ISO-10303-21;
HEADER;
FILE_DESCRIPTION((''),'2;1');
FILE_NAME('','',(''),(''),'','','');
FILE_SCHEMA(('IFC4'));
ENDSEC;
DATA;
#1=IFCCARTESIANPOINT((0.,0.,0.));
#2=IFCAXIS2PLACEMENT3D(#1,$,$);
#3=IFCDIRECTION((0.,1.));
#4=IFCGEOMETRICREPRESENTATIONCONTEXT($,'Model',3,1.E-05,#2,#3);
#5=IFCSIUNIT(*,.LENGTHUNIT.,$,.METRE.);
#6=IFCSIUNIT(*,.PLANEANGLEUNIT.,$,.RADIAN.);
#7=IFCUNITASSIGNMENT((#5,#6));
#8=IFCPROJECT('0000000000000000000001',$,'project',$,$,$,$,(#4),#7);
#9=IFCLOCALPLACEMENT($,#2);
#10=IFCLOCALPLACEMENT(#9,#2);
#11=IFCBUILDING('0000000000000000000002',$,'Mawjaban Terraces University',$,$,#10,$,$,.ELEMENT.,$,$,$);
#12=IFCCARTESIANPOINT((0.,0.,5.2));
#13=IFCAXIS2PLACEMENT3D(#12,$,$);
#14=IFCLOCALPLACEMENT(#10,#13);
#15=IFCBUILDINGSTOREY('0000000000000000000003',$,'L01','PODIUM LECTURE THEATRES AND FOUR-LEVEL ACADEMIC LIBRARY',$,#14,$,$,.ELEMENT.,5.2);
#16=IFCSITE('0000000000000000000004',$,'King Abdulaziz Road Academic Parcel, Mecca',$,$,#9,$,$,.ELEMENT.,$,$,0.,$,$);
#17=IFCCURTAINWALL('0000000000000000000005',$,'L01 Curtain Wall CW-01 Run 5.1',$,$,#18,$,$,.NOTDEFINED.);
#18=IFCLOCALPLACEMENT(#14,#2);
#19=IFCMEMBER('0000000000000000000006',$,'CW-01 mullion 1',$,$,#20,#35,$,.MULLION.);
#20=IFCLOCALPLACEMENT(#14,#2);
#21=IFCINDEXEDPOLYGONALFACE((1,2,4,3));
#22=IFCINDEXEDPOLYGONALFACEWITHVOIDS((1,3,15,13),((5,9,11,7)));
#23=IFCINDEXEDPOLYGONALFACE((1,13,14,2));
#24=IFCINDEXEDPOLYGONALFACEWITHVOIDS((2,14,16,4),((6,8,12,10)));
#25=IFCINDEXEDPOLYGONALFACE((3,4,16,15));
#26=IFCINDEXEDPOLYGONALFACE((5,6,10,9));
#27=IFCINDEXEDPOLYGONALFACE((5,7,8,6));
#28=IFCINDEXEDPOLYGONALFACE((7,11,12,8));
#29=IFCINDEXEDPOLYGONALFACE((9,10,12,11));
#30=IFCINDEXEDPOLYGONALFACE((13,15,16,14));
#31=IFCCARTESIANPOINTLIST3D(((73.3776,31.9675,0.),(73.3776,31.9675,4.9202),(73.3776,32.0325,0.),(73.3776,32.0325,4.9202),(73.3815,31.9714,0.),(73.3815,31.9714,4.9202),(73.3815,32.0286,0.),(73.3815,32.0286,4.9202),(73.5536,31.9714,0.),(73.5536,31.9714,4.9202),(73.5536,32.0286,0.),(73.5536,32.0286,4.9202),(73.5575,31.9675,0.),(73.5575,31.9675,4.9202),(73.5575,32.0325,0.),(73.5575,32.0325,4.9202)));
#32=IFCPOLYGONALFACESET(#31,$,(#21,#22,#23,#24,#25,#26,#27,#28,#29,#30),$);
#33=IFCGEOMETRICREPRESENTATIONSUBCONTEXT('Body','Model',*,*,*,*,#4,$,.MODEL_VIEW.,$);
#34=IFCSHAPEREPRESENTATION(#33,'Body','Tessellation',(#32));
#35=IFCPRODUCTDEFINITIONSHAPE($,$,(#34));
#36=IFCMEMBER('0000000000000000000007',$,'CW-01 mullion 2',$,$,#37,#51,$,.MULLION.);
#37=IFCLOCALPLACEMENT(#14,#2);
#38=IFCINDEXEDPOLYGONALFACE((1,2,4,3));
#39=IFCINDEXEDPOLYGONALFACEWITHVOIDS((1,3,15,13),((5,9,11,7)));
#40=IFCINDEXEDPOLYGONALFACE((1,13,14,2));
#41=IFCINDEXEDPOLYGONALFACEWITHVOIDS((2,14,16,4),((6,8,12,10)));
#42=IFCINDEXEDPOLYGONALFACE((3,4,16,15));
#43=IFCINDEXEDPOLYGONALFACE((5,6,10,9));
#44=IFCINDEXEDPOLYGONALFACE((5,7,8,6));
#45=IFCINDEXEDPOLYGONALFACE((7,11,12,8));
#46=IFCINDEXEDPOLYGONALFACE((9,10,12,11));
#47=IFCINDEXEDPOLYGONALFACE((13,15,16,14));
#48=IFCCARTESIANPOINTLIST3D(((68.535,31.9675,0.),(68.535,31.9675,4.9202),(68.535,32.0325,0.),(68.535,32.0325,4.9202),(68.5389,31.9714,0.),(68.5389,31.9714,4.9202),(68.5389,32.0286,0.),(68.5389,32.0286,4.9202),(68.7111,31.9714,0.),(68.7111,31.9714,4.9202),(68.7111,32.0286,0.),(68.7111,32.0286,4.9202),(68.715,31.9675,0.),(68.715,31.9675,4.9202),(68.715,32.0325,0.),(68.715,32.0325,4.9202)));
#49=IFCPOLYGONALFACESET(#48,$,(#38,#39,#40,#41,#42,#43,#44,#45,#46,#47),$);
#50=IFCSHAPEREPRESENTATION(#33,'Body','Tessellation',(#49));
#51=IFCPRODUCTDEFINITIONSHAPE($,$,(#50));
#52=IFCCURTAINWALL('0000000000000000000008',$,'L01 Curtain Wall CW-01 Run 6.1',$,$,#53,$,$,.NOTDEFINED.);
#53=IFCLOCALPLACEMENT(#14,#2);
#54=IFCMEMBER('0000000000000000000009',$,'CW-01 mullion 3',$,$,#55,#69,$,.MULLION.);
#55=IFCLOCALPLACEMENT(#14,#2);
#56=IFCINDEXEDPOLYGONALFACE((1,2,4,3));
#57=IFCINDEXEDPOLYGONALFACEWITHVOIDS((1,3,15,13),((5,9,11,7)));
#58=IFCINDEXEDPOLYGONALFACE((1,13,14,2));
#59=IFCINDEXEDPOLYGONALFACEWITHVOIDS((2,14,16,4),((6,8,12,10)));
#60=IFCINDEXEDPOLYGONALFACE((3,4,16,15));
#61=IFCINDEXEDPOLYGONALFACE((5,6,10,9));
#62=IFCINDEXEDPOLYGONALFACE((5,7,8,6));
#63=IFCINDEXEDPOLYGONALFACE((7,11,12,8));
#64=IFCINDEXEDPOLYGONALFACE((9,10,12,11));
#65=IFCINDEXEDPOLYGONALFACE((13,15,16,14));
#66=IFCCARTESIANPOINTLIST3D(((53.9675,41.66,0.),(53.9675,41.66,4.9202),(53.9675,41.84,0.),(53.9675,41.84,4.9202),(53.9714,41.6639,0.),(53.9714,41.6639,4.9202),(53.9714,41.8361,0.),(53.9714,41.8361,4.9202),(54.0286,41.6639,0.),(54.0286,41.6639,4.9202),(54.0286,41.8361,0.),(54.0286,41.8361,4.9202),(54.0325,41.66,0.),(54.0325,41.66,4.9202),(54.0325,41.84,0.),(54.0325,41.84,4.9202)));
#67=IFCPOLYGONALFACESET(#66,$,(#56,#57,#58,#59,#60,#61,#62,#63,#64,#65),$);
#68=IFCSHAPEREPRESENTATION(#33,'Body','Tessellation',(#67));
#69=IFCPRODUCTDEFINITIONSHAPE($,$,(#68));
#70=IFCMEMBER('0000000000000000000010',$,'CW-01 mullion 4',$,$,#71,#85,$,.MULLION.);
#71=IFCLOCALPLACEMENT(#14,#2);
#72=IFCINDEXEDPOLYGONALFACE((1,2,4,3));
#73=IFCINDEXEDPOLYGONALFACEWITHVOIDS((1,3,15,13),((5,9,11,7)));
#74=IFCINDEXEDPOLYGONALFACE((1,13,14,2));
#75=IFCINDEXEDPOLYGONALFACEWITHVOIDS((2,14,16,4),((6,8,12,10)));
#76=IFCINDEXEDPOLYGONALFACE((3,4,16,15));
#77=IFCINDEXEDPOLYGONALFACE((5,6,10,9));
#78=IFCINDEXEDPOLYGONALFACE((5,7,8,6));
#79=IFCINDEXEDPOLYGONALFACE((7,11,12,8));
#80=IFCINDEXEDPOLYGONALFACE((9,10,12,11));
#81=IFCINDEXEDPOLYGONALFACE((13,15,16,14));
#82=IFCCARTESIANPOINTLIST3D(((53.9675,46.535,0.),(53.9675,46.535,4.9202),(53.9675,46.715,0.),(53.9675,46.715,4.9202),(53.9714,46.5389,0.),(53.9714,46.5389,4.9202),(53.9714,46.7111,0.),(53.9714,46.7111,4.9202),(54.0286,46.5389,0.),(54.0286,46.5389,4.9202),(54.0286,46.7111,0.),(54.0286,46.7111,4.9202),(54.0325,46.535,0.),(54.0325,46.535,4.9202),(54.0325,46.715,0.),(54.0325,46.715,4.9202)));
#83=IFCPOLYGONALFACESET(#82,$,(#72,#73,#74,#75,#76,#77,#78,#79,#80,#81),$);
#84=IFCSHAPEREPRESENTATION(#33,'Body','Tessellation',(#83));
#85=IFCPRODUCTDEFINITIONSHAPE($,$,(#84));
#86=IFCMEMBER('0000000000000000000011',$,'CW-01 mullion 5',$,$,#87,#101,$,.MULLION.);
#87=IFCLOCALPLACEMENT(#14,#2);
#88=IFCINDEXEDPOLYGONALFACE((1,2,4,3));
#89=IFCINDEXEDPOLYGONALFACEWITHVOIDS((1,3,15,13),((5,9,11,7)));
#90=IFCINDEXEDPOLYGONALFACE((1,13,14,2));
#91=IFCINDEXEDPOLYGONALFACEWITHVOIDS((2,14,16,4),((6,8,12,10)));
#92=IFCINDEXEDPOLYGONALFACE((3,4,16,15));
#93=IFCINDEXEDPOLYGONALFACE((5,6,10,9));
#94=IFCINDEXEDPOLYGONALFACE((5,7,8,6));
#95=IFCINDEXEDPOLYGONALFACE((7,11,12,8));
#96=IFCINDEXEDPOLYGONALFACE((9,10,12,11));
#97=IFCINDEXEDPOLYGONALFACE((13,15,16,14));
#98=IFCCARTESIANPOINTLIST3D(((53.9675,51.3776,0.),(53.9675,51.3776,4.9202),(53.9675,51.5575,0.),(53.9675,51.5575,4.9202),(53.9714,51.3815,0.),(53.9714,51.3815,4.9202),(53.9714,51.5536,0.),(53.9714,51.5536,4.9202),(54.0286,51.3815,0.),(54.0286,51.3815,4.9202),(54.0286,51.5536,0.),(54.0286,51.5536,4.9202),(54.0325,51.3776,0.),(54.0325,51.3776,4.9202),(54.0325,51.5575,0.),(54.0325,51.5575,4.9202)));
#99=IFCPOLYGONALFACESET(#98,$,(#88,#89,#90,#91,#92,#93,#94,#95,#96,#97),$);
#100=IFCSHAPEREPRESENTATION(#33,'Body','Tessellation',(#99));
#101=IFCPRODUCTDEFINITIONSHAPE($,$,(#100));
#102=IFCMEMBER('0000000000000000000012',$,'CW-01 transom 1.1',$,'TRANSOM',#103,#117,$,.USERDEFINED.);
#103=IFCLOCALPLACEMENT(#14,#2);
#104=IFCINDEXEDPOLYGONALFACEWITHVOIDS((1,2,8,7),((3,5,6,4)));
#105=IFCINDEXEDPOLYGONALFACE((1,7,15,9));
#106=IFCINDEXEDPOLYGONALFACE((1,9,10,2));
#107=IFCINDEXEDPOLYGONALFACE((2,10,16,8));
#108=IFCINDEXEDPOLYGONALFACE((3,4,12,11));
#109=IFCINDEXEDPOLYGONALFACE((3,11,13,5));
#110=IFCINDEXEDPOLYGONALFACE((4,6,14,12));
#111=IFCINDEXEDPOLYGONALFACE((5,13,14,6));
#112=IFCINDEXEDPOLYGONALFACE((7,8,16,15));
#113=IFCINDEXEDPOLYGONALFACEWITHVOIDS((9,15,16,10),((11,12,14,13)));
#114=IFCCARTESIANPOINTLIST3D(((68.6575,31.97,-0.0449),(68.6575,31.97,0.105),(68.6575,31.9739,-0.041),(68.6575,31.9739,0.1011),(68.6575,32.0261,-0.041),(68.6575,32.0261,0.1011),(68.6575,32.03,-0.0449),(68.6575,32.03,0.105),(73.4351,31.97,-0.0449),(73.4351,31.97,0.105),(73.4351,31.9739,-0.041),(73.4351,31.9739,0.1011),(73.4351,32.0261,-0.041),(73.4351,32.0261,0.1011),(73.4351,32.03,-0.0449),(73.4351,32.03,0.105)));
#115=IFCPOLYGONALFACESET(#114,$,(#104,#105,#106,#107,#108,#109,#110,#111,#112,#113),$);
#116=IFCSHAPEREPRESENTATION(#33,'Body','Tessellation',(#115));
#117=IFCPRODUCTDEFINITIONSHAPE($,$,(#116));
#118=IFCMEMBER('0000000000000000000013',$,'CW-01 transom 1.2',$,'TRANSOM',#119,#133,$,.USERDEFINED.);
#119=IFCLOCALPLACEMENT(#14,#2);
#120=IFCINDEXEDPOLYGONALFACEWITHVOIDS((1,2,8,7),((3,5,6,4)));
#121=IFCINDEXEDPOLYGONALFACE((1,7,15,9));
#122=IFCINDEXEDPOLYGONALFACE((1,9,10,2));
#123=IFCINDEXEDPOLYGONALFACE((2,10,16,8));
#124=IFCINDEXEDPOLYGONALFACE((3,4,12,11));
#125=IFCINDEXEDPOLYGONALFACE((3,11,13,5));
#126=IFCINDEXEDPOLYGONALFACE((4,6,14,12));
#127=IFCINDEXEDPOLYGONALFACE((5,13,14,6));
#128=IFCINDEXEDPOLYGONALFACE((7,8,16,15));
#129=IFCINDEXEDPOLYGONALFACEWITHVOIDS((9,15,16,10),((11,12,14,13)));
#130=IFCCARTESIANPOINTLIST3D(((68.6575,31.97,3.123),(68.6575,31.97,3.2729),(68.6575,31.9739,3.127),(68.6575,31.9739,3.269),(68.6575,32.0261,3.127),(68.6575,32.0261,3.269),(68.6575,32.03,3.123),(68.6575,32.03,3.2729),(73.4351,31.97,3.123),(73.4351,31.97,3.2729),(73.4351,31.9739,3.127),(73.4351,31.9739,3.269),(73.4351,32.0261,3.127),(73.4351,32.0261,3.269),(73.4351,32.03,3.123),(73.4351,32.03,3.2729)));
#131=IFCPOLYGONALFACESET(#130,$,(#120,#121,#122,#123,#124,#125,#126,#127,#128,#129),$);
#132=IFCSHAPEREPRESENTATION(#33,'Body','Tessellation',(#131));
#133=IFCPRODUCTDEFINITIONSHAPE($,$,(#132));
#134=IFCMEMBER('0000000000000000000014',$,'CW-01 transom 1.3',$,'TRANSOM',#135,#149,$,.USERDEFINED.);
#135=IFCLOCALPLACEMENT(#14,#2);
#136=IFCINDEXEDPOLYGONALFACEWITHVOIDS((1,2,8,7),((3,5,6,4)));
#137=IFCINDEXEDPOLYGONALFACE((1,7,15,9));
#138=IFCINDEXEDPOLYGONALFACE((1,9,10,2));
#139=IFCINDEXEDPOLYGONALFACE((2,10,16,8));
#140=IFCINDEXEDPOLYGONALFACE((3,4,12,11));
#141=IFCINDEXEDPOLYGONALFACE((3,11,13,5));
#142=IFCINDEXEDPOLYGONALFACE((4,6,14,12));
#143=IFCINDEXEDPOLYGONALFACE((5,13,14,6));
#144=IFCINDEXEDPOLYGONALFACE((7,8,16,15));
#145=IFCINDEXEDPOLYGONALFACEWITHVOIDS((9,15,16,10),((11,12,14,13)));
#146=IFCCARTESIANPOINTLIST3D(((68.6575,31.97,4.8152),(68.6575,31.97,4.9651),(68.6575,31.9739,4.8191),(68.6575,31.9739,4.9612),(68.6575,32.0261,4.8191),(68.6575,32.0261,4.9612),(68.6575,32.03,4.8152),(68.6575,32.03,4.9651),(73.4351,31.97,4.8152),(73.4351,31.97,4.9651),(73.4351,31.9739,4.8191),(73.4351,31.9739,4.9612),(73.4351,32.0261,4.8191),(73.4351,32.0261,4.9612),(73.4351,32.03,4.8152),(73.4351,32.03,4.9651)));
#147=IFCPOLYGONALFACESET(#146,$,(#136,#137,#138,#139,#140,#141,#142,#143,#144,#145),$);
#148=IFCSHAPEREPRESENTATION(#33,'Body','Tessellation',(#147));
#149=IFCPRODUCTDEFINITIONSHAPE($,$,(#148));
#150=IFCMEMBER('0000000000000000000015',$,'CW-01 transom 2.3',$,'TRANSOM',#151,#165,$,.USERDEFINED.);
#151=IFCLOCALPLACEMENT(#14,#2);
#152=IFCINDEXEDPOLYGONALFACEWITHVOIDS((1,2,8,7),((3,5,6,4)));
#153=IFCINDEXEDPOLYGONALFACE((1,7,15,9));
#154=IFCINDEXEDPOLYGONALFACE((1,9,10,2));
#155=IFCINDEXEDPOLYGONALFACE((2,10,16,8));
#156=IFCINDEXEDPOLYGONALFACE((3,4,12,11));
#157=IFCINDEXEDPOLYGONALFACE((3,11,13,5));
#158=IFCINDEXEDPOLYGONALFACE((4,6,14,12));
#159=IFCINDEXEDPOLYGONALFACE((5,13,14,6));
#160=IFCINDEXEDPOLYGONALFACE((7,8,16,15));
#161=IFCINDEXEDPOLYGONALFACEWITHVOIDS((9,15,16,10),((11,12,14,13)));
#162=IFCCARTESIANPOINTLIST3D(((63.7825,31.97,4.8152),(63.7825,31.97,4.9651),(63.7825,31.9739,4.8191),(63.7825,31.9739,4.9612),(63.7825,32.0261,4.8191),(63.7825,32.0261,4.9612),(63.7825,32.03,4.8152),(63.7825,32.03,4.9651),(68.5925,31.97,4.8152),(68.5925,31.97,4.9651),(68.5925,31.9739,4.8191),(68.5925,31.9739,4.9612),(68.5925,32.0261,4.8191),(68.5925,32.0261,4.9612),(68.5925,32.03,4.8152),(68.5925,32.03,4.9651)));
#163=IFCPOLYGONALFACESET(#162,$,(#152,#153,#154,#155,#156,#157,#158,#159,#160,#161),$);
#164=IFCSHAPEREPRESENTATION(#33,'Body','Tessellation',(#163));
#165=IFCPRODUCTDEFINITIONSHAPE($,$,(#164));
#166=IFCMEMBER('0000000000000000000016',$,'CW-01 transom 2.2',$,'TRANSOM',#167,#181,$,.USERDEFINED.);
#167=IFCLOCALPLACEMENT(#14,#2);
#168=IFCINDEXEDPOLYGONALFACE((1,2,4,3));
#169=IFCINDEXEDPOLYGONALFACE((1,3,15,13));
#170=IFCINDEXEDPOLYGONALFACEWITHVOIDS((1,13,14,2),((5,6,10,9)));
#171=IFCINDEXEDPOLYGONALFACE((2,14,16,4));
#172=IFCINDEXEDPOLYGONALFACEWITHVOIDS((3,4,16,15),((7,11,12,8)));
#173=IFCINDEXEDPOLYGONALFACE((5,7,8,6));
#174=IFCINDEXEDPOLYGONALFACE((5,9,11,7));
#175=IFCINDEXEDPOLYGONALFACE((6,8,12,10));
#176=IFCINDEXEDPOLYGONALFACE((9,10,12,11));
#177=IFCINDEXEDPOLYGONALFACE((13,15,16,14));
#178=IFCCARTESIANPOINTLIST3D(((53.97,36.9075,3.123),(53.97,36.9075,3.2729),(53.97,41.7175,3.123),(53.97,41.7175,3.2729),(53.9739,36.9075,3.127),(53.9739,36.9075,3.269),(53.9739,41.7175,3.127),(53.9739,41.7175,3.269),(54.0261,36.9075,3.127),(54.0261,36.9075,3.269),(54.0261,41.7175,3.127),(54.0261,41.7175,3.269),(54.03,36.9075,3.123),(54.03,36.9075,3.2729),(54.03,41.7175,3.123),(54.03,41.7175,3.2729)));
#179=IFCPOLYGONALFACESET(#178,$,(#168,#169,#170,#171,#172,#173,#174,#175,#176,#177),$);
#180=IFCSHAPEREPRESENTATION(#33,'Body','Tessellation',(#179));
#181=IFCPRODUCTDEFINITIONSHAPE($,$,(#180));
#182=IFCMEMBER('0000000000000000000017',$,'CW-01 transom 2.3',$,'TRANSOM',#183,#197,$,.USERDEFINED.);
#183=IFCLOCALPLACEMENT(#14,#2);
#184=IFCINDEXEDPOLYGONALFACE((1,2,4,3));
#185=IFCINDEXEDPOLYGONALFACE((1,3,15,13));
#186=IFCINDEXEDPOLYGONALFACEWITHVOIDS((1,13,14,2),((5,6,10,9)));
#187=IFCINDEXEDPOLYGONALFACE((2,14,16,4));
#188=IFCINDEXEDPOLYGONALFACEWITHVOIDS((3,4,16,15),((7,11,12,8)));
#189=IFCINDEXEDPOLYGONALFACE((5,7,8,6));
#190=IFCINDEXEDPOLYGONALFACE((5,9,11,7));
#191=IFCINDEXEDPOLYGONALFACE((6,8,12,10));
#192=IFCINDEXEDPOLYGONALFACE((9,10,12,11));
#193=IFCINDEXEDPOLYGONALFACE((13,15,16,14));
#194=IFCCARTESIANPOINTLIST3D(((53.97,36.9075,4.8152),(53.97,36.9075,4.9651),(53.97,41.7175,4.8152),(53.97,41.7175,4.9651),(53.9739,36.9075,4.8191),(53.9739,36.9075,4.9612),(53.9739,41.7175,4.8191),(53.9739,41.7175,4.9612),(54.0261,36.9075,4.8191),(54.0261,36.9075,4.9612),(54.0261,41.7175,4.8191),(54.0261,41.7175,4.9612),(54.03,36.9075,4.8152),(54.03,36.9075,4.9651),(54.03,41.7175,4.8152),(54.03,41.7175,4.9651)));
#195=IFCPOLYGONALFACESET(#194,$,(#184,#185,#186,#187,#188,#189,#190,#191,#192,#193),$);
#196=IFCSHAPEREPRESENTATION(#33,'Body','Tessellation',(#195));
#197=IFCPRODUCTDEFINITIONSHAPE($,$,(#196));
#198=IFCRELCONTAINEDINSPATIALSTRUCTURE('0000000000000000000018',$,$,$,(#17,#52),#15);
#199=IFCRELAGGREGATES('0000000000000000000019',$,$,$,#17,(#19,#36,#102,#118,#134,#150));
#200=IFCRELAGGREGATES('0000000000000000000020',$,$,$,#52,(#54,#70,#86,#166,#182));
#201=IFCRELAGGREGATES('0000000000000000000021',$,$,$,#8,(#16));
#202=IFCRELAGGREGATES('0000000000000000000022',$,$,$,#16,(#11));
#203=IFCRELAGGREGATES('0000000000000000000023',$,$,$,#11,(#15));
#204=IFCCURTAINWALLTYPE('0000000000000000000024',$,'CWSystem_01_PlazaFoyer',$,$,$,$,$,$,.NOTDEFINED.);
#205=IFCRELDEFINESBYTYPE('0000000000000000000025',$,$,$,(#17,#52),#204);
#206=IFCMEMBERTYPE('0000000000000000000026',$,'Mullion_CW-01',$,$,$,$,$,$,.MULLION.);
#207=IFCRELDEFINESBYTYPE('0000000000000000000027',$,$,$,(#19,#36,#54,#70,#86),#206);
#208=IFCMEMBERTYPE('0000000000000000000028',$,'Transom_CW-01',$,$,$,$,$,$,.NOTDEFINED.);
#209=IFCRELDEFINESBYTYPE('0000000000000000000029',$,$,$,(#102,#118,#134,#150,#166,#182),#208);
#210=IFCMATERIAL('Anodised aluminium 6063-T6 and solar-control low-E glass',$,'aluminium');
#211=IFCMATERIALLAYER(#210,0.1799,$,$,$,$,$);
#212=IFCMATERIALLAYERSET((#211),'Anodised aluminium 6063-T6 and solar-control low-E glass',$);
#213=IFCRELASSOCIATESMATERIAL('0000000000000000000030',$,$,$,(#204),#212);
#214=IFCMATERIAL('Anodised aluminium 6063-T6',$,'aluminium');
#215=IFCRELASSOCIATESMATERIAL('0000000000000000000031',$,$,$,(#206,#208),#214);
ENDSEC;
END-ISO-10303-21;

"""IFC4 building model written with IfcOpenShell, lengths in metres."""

from ifc_helpers import new_model, si_unit, direction, frame, origin, origin_2d, place, context, subcontext, project, spatial, hollow_rectangle, extrude, material, layer, layer_set, material_profile, profile_set, type_object, element, aggregate, save


model = new_model("IFC4")

# Units and contexts
model_context = context("Model", 3, precision=1e-05, world=origin(), true_north=direction((0.0, 1.0)))
body_context = subcontext(model_context, "Body", "Model", "MODEL_VIEW")
ifc_project = project(units=[si_unit("LENGTHUNIT", "METRE"), si_unit("PLANEANGLEUNIT", "RADIAN")], contexts=[model_context])

# Site, building, storey
site_placement = place(None, origin())
site = spatial("IfcSite", under=ifc_project, at=site_placement, Name="King Abdulaziz Road Academic Parcel, Mecca", CompositionType="ELEMENT", RefElevation=0.0)
building_placement = place(site_placement, origin())
building = spatial("IfcBuilding", under=site, at=building_placement, Name="Mawjaban Terraces University", CompositionType="ELEMENT")
storey_placement = place(building_placement, frame((0.0, 0.0, 5.2)))
storey = spatial("IfcBuildingStorey", under=building, at=storey_placement, Name="L01", Description="PODIUM LECTURE THEATRES AND FOUR-LEVEL ACADEMIC LIBRARY", CompositionType="ELEMENT", Elevation=5.2)

# Curtain walls, members
ifc_material_1 = material(Name="Anodised aluminium 6063-T6 and solar-control low-E glass", Category="aluminium")
ifc_layer_1 = layer(ifc_material_1, 0.1799)
ifc_layer_set_1 = layer_set([ifc_layer_1], Name="Anodised aluminium 6063-T6 and solar-control low-E glass")
curtain_wall_type = type_object("IfcCurtainWallType", Name="CWSystem_01_PlazaFoyer", PredefinedType="NOTDEFINED", material=ifc_layer_set_1)
curtain_wall_1_placement = place(storey_placement, origin())
curtain_wall_1 = element("IfcCurtainWall", 1, at=curtain_wall_1_placement, inside=storey, type_object=curtain_wall_type, Name="L01 Curtain Wall CW-01 Run 5.1", PredefinedType="NOTDEFINED")
ifc_material_2 = material(Name="Anodised aluminium 6063-T6", Category="aluminium")
ifc_material_profile_1 = material_profile(ifc_material_2, hollow_rectangle(XDim=0.0649, YDim=0.1799, WallThickness=0.0039, at=origin_2d()), Name="ALU180X65X4")
ifc_profile_set_1 = profile_set([ifc_material_profile_1], Name="Anodised aluminium 6063-T6")
member_type_1 = type_object("IfcMemberType", Name="Mullion_CW-01", PredefinedType="MULLION", material=ifc_profile_set_1)
member_1_placement = place(storey_placement, frame((73.4675, 32.0, 0.0), z_axis=(0.0, 0.0, 1.0), x_axis=(0.0, -1.0, 0.0)))
member_1 = element("IfcMember", 2, at=member_1_placement, type_object=member_type_1, Name="CW-01 mullion 1", PredefinedType="MULLION", context=body_context, shape_type="SweptSolid", body=[
    extrude(hollow_rectangle(XDim=0.0649, YDim=0.1799, WallThickness=0.0039, at=origin_2d()), origin(), (0.0, 0.0, 1.0), 4.9202),
])
member_2_placement = place(storey_placement, frame((68.625, 32.0, 0.0), z_axis=(0.0, 0.0, 1.0), x_axis=(0.0, -1.0, 0.0)))
member_2 = element("IfcMember", 3, at=member_2_placement, type_object=member_type_1, Name="CW-01 mullion 2", PredefinedType="MULLION", context=body_context, shape_type="SweptSolid", body=[
    extrude(hollow_rectangle(XDim=0.0649, YDim=0.1799, WallThickness=0.0039, at=origin_2d()), origin(), (0.0, 0.0, 1.0), 4.9202),
])
curtain_wall_2_placement = place(storey_placement, origin())
curtain_wall_2 = element("IfcCurtainWall", 4, at=curtain_wall_2_placement, inside=storey, type_object=curtain_wall_type, Name="L01 Curtain Wall CW-01 Run 6.1", PredefinedType="NOTDEFINED")
member_3_placement = place(storey_placement, frame((54.0, 41.75, 0.0), z_axis=(0.0, 0.0, 1.0), x_axis=(-1.0, 0.0, 0.0)))
member_3 = element("IfcMember", 5, at=member_3_placement, type_object=member_type_1, Name="CW-01 mullion 3", PredefinedType="MULLION", context=body_context, shape_type="SweptSolid", body=[
    extrude(hollow_rectangle(XDim=0.0649, YDim=0.1799, WallThickness=0.0039, at=origin_2d()), origin(), (0.0, 0.0, 1.0), 4.9202),
])
member_4_placement = place(storey_placement, frame((54.0, 46.625, 0.0), z_axis=(0.0, 0.0, 1.0), x_axis=(-1.0, 0.0, 0.0)))
member_4 = element("IfcMember", 6, at=member_4_placement, type_object=member_type_1, Name="CW-01 mullion 4", PredefinedType="MULLION", context=body_context, shape_type="SweptSolid", body=[
    extrude(hollow_rectangle(XDim=0.0649, YDim=0.1799, WallThickness=0.0039, at=origin_2d()), origin(), (0.0, 0.0, 1.0), 4.9202),
])
member_5_placement = place(storey_placement, frame((54.0, 51.4675, 0.0), z_axis=(0.0, 0.0, 1.0), x_axis=(-1.0, 0.0, 0.0)))
member_5 = element("IfcMember", 7, at=member_5_placement, type_object=member_type_1, Name="CW-01 mullion 5", PredefinedType="MULLION", context=body_context, shape_type="SweptSolid", body=[
    extrude(hollow_rectangle(XDim=0.0649, YDim=0.1799, WallThickness=0.0039, at=origin_2d()), origin(), (0.0, 0.0, 1.0), 4.9202),
])

# Members
ifc_material_profile_2 = material_profile(ifc_material_2, hollow_rectangle(XDim=0.0601, YDim=0.1499, WallThickness=0.0039, at=origin_2d()), Name="ALU150X60X4")
ifc_profile_set_2 = profile_set([ifc_material_profile_2], Name="Anodised aluminium 6063-T6")
member_type_2 = type_object("IfcMemberType", Name="Transom_CW-01", PredefinedType="NOTDEFINED", material=ifc_profile_set_2)
member_6_placement = place(storey_placement, frame((73.4351, 32.0, 0.03), z_axis=(-1.0, 0.0, 0.0), x_axis=(0.0, -1.0, 0.0)))
member_6 = element("IfcMember", 8, at=member_6_placement, type_object=member_type_2, Name="CW-01 transom 1.1", ObjectType="TRANSOM", PredefinedType="USERDEFINED", context=body_context, shape_type="SweptSolid", body=[
    extrude(hollow_rectangle(XDim=0.0601, YDim=0.1499, WallThickness=0.0039, at=origin_2d()), origin(), (0.0, 0.0, 1.0), 4.7776),
])
member_7_placement = place(storey_placement, frame((73.4351, 32.0, 3.198), z_axis=(-1.0, 0.0, 0.0), x_axis=(0.0, -1.0, 0.0)))
member_7 = element("IfcMember", 9, at=member_7_placement, type_object=member_type_2, Name="CW-01 transom 1.2", ObjectType="TRANSOM", PredefinedType="USERDEFINED", context=body_context, shape_type="SweptSolid", body=[
    extrude(hollow_rectangle(XDim=0.0601, YDim=0.1499, WallThickness=0.0039, at=origin_2d()), origin(), (0.0, 0.0, 1.0), 4.7776),
])
member_8_placement = place(storey_placement, frame((73.4351, 32.0, 4.8901), z_axis=(-1.0, 0.0, 0.0), x_axis=(0.0, -1.0, 0.0)))
member_8 = element("IfcMember", 10, at=member_8_placement, type_object=member_type_2, Name="CW-01 transom 1.3", ObjectType="TRANSOM", PredefinedType="USERDEFINED", context=body_context, shape_type="SweptSolid", body=[
    extrude(hollow_rectangle(XDim=0.0601, YDim=0.1499, WallThickness=0.0039, at=origin_2d()), origin(), (0.0, 0.0, 1.0), 4.7776),
])
member_9_placement = place(storey_placement, frame((68.5925, 32.0, 4.8901), z_axis=(-1.0, 0.0, 0.0), x_axis=(0.0, -1.0, 0.0)))
member_9 = element("IfcMember", 11, at=member_9_placement, type_object=member_type_2, Name="CW-01 transom 2.3", ObjectType="TRANSOM", PredefinedType="USERDEFINED", context=body_context, shape_type="SweptSolid", body=[
    extrude(hollow_rectangle(XDim=0.0601, YDim=0.1499, WallThickness=0.0039, at=origin_2d()), origin(), (0.0, 0.0, 1.0), 4.8101),
])
member_10_placement = place(storey_placement, frame((54.0, 36.9075, 3.198), z_axis=(0.0, 1.0, 0.0), x_axis=(-1.0, 0.0, 0.0)))
member_10 = element("IfcMember", 12, at=member_10_placement, type_object=member_type_2, Name="CW-01 transom 2.2", ObjectType="TRANSOM", PredefinedType="USERDEFINED", context=body_context, shape_type="SweptSolid", body=[
    extrude(hollow_rectangle(XDim=0.0601, YDim=0.1499, WallThickness=0.0039, at=origin_2d()), origin(), (0.0, 0.0, 1.0), 4.8101),
])
member_11_placement = place(storey_placement, frame((54.0, 36.9075, 4.8901), z_axis=(0.0, 1.0, 0.0), x_axis=(-1.0, 0.0, 0.0)))
member_11 = element("IfcMember", 13, at=member_11_placement, type_object=member_type_2, Name="CW-01 transom 2.3", ObjectType="TRANSOM", PredefinedType="USERDEFINED", context=body_context, shape_type="SweptSolid", body=[
    extrude(hollow_rectangle(XDim=0.0601, YDim=0.1499, WallThickness=0.0039, at=origin_2d()), origin(), (0.0, 0.0, 1.0), 4.8101),
])

aggregate(curtain_wall_1, [member_1, member_2, member_6, member_7, member_8, member_9])
aggregate(curtain_wall_2, [member_3, member_4, member_5, member_10, member_11])

save(model, "model.ifc")
